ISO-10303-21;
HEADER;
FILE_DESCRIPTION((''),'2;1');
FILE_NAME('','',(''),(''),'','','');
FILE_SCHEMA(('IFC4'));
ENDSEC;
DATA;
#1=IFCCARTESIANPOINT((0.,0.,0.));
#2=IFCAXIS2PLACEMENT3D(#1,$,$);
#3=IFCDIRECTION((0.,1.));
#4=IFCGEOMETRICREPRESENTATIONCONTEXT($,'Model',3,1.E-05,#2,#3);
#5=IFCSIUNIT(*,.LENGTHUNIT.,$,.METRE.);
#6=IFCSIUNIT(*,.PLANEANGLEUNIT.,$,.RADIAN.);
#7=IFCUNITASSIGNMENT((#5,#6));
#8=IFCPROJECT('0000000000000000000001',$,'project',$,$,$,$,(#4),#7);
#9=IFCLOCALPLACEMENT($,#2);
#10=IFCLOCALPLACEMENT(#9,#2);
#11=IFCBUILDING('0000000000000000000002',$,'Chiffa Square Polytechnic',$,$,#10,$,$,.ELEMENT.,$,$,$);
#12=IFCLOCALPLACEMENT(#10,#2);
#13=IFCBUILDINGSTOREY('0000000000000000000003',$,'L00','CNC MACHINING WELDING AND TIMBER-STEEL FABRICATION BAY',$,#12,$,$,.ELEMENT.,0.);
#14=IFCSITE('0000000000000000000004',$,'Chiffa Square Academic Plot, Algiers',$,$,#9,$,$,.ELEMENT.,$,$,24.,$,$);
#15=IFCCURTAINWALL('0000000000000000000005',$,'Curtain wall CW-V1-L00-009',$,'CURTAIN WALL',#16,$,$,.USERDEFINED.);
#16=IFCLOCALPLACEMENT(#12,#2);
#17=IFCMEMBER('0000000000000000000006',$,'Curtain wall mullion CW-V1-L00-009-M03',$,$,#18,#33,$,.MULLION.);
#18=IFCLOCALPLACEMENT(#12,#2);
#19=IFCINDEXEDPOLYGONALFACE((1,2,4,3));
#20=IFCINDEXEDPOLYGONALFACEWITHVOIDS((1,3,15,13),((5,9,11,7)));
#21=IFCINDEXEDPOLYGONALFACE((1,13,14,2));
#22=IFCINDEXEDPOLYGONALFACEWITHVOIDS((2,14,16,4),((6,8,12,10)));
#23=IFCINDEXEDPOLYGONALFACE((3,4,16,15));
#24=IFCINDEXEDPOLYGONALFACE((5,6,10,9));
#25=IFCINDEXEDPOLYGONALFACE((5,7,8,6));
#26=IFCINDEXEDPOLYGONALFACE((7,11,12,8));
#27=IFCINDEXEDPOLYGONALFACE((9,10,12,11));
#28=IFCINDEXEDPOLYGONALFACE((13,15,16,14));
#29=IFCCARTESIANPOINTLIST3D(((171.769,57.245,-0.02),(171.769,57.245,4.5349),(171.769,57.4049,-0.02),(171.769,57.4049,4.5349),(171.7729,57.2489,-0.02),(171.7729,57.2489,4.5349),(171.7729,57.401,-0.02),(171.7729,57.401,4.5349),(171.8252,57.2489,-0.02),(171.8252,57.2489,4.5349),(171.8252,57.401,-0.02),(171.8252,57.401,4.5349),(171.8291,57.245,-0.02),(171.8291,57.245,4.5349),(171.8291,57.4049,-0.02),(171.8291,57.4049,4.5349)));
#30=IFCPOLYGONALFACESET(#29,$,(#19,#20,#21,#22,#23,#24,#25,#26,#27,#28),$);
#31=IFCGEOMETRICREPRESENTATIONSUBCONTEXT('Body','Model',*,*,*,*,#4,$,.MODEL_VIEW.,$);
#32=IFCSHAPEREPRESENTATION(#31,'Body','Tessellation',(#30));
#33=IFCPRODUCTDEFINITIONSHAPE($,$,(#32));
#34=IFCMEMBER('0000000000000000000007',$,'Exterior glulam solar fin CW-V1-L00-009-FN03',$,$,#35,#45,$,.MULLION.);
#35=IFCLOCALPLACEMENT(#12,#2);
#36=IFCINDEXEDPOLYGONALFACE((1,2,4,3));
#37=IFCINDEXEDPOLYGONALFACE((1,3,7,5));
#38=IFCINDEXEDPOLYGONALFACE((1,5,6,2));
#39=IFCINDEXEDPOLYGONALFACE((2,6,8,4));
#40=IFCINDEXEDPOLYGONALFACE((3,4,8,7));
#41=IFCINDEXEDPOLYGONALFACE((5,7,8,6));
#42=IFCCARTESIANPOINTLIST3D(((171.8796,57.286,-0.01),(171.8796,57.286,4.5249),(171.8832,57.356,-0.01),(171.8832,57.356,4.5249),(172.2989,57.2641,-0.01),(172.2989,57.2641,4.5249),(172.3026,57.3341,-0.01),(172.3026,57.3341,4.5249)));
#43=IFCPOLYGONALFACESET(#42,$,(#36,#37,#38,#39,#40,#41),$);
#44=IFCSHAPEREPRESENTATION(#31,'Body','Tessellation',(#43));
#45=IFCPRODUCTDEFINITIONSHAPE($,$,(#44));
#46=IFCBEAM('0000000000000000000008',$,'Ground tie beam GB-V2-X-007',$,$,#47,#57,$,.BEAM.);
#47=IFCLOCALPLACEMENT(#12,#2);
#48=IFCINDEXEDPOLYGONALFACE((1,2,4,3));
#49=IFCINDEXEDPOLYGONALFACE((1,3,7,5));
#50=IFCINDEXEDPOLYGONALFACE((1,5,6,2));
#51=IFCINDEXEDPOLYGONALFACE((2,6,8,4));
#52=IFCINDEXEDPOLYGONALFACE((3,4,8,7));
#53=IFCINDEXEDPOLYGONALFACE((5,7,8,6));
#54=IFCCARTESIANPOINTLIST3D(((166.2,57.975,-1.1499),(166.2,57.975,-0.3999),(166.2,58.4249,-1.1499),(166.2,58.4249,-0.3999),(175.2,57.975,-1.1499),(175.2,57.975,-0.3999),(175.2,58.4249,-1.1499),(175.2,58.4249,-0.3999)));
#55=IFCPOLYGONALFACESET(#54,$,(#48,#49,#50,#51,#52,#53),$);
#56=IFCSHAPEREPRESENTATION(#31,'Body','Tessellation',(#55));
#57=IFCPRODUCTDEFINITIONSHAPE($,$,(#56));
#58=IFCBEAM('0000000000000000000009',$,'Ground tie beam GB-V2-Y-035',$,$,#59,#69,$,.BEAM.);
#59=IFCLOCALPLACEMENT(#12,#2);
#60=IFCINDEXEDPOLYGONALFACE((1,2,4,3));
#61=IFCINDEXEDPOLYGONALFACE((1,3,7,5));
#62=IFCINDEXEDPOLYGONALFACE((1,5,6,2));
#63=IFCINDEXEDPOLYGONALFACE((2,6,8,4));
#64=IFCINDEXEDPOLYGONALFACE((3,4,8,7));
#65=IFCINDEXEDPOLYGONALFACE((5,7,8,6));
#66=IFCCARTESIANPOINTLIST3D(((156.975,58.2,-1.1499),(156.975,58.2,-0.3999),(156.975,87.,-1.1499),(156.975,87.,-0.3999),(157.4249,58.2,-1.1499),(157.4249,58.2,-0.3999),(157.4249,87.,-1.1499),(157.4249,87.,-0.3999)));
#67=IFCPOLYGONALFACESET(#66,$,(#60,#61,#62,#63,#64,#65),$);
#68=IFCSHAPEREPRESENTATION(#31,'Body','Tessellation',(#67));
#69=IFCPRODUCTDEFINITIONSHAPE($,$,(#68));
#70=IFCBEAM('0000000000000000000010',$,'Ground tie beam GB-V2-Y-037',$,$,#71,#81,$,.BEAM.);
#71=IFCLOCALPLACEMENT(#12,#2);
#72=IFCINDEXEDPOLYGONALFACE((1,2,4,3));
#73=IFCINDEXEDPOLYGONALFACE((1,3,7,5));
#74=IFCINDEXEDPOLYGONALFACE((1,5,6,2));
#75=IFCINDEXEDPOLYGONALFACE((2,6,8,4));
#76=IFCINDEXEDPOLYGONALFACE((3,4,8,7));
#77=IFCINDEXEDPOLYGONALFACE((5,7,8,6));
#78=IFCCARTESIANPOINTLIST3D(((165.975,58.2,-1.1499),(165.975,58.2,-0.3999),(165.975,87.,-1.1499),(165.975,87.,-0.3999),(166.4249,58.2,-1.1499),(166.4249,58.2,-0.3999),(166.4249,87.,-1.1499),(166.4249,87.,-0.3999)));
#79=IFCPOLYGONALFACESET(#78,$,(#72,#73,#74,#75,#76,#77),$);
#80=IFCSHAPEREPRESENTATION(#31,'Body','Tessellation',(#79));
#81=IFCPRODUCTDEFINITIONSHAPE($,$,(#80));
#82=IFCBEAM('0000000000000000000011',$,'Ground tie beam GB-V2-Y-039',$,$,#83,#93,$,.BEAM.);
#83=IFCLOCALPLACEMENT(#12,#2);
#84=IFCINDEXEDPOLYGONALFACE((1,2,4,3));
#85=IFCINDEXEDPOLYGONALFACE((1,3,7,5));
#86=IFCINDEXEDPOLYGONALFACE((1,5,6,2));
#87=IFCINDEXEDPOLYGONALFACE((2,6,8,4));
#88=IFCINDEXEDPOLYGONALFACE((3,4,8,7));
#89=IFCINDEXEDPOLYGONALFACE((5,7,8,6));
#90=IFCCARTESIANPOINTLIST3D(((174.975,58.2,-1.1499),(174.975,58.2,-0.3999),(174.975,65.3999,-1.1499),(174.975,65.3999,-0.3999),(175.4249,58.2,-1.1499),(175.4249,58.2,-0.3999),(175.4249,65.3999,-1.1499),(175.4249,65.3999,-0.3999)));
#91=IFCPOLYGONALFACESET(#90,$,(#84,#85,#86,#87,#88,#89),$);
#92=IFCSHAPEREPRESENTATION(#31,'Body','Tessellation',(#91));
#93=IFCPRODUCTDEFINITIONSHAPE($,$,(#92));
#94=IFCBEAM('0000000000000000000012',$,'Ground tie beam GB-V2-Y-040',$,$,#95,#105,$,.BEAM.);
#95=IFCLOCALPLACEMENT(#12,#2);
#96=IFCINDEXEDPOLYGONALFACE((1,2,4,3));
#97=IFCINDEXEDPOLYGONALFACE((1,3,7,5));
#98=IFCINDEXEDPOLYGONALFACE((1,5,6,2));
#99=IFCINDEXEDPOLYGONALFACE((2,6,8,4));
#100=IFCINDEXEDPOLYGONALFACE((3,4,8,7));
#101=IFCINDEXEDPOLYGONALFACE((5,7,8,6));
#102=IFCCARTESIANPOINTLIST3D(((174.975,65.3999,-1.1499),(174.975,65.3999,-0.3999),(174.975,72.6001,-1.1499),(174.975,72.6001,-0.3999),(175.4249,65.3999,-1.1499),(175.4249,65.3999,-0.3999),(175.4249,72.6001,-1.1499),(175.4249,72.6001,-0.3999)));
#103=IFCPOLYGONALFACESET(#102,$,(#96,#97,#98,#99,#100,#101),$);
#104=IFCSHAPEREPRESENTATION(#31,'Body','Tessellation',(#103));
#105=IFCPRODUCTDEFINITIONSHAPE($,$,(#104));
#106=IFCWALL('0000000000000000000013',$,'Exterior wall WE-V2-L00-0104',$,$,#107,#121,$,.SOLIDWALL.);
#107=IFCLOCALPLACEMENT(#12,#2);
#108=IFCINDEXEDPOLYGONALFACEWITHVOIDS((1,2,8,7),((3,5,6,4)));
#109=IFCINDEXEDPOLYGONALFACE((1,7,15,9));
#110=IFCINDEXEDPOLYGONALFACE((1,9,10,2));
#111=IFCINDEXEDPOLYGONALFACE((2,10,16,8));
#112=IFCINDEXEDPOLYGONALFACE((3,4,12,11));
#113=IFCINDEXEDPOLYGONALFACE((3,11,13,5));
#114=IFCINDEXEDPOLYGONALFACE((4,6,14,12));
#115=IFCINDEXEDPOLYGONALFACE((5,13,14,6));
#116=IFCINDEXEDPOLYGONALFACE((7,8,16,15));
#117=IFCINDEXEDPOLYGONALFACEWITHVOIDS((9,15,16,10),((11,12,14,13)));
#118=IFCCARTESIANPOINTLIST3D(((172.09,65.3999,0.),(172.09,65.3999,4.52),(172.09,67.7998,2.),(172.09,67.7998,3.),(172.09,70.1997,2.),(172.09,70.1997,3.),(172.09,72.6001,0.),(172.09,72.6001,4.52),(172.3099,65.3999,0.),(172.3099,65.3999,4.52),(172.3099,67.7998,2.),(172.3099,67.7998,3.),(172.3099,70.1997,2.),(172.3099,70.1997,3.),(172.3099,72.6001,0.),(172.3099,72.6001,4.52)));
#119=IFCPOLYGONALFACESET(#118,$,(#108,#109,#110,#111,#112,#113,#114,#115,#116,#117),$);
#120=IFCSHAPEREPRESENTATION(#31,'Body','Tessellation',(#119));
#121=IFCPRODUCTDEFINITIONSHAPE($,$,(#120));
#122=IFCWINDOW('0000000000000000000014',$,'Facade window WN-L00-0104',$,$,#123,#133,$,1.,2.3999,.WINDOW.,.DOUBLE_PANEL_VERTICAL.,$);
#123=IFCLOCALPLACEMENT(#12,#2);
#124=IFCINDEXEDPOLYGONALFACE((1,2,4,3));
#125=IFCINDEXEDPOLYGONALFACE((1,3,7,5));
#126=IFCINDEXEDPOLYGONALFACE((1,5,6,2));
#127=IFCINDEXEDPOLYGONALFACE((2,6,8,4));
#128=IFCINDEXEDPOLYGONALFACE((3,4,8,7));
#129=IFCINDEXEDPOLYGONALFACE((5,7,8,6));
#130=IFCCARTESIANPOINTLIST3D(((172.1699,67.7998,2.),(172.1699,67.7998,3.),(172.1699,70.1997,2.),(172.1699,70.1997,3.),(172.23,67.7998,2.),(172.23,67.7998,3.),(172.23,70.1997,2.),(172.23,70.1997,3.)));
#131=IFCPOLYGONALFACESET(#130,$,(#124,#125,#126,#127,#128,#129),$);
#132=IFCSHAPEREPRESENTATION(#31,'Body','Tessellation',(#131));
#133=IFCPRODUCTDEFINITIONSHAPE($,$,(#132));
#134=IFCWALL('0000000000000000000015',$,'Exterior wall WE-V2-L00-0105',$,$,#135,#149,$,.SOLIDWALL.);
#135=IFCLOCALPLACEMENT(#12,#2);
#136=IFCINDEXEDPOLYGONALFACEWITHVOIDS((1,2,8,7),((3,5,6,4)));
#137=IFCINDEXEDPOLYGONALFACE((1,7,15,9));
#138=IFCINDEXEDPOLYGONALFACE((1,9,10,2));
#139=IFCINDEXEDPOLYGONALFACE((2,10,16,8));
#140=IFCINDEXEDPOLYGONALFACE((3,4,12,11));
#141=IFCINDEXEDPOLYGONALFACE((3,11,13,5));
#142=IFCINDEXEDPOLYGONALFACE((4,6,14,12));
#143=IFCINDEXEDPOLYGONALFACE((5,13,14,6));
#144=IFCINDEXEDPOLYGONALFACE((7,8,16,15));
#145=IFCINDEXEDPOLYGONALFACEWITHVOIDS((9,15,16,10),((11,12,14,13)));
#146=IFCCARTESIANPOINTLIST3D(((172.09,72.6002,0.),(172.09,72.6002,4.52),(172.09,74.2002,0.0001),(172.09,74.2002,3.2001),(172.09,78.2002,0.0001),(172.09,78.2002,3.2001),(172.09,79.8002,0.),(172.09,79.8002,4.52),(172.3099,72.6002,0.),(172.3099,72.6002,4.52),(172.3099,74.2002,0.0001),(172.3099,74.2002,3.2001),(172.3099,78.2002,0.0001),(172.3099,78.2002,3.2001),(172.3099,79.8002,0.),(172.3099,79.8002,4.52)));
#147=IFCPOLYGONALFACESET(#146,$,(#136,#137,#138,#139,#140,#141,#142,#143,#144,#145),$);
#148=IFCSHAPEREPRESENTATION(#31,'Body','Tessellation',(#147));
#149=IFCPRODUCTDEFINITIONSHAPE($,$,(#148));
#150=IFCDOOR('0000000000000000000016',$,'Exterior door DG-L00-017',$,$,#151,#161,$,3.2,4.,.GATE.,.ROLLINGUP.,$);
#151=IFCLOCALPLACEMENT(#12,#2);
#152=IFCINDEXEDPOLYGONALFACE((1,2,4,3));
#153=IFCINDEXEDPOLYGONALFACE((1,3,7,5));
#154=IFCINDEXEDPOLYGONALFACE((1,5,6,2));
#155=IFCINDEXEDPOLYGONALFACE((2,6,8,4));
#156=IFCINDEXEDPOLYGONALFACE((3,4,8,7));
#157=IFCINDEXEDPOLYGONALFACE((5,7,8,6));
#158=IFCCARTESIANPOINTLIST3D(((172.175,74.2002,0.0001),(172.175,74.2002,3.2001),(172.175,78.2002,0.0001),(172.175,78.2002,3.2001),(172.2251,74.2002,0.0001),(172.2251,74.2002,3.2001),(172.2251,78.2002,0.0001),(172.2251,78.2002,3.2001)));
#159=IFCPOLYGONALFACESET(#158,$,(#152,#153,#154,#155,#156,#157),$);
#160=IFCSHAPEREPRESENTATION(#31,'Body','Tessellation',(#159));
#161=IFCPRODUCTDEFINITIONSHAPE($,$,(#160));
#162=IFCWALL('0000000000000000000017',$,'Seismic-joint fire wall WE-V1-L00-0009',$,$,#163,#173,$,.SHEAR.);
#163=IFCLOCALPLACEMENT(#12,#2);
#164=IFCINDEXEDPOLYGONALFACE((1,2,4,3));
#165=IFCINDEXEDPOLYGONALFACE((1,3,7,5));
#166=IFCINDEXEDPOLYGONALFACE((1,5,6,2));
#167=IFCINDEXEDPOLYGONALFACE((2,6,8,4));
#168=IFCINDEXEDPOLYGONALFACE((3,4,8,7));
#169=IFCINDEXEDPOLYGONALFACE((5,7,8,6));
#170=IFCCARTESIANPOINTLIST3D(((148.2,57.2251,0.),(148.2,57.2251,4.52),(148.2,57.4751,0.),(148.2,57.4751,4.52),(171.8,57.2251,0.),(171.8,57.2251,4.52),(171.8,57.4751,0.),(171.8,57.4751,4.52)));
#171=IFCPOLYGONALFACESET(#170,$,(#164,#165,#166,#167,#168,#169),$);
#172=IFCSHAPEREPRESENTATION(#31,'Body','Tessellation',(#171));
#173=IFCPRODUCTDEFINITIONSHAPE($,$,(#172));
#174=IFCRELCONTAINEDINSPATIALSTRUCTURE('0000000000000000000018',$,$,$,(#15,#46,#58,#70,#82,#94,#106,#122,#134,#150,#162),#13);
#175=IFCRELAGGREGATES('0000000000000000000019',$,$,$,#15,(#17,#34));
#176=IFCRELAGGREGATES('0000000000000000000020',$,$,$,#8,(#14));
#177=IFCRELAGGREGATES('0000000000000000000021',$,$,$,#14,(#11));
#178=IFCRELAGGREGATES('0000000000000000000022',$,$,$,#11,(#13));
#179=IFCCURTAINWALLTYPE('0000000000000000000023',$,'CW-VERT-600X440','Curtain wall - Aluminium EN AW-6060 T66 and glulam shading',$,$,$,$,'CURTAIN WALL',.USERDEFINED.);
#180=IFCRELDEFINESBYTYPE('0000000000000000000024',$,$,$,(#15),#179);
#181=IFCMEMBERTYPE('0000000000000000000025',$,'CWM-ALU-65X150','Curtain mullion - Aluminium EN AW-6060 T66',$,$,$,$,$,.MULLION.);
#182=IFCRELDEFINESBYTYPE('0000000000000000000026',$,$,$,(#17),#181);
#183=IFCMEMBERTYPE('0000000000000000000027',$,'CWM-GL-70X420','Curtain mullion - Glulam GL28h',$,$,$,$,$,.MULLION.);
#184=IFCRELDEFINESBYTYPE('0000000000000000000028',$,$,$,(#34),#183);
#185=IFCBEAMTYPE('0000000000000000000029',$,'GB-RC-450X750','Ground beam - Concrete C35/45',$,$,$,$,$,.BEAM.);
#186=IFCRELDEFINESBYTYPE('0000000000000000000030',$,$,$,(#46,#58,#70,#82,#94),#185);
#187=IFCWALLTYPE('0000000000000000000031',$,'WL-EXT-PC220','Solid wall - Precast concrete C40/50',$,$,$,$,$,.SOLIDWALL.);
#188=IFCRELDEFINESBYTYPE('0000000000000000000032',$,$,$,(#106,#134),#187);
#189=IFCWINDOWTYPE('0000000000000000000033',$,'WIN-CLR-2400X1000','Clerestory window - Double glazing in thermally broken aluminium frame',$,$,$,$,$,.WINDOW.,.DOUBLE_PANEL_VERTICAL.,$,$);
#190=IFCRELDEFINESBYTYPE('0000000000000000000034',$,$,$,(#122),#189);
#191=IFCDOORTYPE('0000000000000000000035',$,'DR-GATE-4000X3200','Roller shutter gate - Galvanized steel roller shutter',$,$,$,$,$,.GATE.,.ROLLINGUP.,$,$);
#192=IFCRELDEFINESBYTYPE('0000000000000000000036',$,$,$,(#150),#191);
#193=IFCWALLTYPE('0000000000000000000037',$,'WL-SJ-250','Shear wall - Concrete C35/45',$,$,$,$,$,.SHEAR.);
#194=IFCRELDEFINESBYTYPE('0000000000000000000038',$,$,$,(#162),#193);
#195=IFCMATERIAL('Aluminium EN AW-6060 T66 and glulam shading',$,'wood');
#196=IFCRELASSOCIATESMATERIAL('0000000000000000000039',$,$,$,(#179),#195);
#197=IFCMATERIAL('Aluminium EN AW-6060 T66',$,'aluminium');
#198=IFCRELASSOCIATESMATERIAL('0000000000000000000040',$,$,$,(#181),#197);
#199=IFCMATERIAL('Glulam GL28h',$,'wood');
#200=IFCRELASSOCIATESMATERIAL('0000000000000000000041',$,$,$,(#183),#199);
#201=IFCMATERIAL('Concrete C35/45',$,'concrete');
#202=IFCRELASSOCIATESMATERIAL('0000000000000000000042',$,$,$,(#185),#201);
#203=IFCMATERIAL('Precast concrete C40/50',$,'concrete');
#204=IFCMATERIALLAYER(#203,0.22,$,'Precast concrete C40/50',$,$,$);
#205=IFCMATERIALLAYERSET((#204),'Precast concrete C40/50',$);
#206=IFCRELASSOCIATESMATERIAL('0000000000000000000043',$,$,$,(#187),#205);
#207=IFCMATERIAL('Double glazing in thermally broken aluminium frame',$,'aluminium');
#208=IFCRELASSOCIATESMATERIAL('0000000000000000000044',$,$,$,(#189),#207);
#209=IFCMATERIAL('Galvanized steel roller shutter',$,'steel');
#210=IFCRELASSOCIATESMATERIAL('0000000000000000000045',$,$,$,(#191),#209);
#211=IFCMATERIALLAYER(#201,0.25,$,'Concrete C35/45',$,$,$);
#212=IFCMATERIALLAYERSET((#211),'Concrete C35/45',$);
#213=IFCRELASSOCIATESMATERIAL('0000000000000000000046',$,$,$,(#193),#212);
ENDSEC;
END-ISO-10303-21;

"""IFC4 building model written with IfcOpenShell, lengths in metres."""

from ifc_helpers import new_model, si_unit, direction, frame, frame_2d, origin, origin_2d, place, context, subcontext, project, spatial, rectangle, hollow_rectangle, extrude, material, layer, layer_set, material_profile, profile_set, type_object, element, fill, aggregate, save


model = new_model("IFC4")

# Units and contexts
model_context = context("Model", 3, precision=1e-05, world=origin(), true_north=direction((0.0, 1.0)))
body_context = subcontext(model_context, "Body", "Model", "MODEL_VIEW")
ifc_project = project(units=[si_unit("LENGTHUNIT", "METRE"), si_unit("PLANEANGLEUNIT", "RADIAN")], contexts=[model_context])

# Site, building, storey
site_placement = place(None, origin())
site = spatial("IfcSite", under=ifc_project, at=site_placement, Name="Chiffa Square Academic Plot, Algiers", CompositionType="ELEMENT", RefElevation=24.0)
building_placement = place(site_placement, origin())
building = spatial("IfcBuilding", under=site, at=building_placement, Name="Chiffa Square Polytechnic", CompositionType="ELEMENT")
storey_placement = place(building_placement, origin())
storey = spatial("IfcBuildingStorey", under=building, at=storey_placement, Name="L00", Description="CNC MACHINING WELDING AND TIMBER-STEEL FABRICATION BAY", CompositionType="ELEMENT", Elevation=0.0)

# Curtain wall, members
ifc_material_1 = material(Name="Aluminium EN AW-6060 T66 and glulam shading", Category="wood")
curtain_wall_type = type_object("IfcCurtainWallType", Name="CW-VERT-600X440", Description="Curtain wall - Aluminium EN AW-6060 T66 and glulam shading", ElementType="CURTAIN WALL", PredefinedType="USERDEFINED", material=ifc_material_1)
curtain_wall_placement = place(storey_placement, origin())
curtain_wall = element("IfcCurtainWall", 1, at=curtain_wall_placement, inside=storey, type_object=curtain_wall_type, Name="Curtain wall CW-V1-L00-009", ObjectType="CURTAIN WALL", PredefinedType="USERDEFINED")
ifc_material_2 = material(Name="Aluminium EN AW-6060 T66", Category="aluminium")
ifc_material_profile_1 = material_profile(ifc_material_2, hollow_rectangle(XDim=0.0601, YDim=0.1599, WallThickness=0.0039, at=origin_2d()), Name="ALU 60x160x4")
ifc_profile_set_1 = profile_set([ifc_material_profile_1], Name="Aluminium EN AW-6060 T66")
member_type_1 = type_object("IfcMemberType", Name="CWM-ALU-65X150", Description="Curtain mullion - Aluminium EN AW-6060 T66", PredefinedType="MULLION", material=ifc_profile_set_1)
member_1_placement = place(storey_placement, frame((171.7991, 57.325, -0.02), z_axis=(0.0, 0.0, 1.0), x_axis=(1.0, 0.0, 0.0)))
member_1 = element("IfcMember", 2, at=member_1_placement, type_object=member_type_1, Name="Curtain wall mullion CW-V1-L00-009-M03", PredefinedType="MULLION", context=body_context, shape_type="SweptSolid", body=[
    extrude(hollow_rectangle(XDim=0.0601, YDim=0.1599, WallThickness=0.0039, at=origin_2d()), origin(), (0.0, 0.0, 1.0), 4.5549),
])
ifc_material_3 = material(Name="Glulam GL28h", Category="wood")
ifc_material_profile_2 = material_profile(ifc_material_3, rectangle(XDim=0.0701, YDim=0.4199, at=origin_2d()), Name="GL28h 70x420")
ifc_profile_set_2 = profile_set([ifc_material_profile_2], Name="Glulam GL28h")
member_type_2 = type_object("IfcMemberType", Name="CWM-GL-70X420", Description="Curtain mullion - Glulam GL28h", PredefinedType="MULLION", material=ifc_profile_set_2)
member_2_placement = place(storey_placement, frame((172.0911, 57.3101, -0.01), z_axis=(0.0, 0.0, 1.0), x_axis=(0.052284, 0.998632, 0.0)))
member_2 = element("IfcMember", 3, at=member_2_placement, type_object=member_type_2, Name="Exterior glulam solar fin CW-V1-L00-009-FN03", PredefinedType="MULLION", context=body_context, shape_type="SweptSolid", body=[
    extrude(rectangle(XDim=0.0701, YDim=0.4199, at=origin_2d()), origin(), (0.0, 0.0, 1.0), 4.5349),
])
aggregate(curtain_wall, [member_1, member_2])

# Beams
ifc_material_4 = material(Name="Concrete C35/45", Category="concrete")
ifc_material_profile_3 = material_profile(ifc_material_4, rectangle(XDim=0.45, YDim=0.75, at=origin_2d()), Name="RC 450x750")
ifc_profile_set_3 = profile_set([ifc_material_profile_3], Name="Concrete C35/45")
beam_type = type_object("IfcBeamType", Name="GB-RC-450X750", Description="Ground beam - Concrete C35/45", PredefinedType="BEAM", material=ifc_profile_set_3)
beam_1_placement = place(storey_placement, frame((166.2, 58.2, -0.7749), z_axis=(1.0, 0.0, 0.0), x_axis=(0.0, 1.0, 0.0)))
element("IfcBeam", 4, at=beam_1_placement, inside=storey, type_object=beam_type, Name="Ground tie beam GB-V2-X-007", PredefinedType="BEAM", context=body_context, shape_type="SweptSolid", body=[
    extrude(rectangle(XDim=0.45, YDim=0.75, at=origin_2d()), origin(), (0.0, 0.0, 1.0), 9.0),
])
for number, where, z_axis, x_axis, name in (
    (5, (157.2, 58.2, -0.7749), (0.0, 1.0, 0.0), (-1.0, 0.0, 0.0), "Ground tie beam GB-V2-Y-035"),
    (6, (166.2, 58.2, -0.7749), (0.0, 1.0, 0.0), (-1.0, 0.0, 0.0), "Ground tie beam GB-V2-Y-037"),
):
    element("IfcBeam", number, at=place(storey_placement, frame(where, z_axis=z_axis, x_axis=x_axis)), inside=storey, type_object=beam_type, Name=name, PredefinedType="BEAM", context=body_context, shape_type="SweptSolid", body=[
        extrude(rectangle(XDim=0.45, YDim=0.75, at=origin_2d()), origin(), (0.0, 0.0, 1.0), 28.8),
    ])
beam_2_placement = place(storey_placement, frame((175.2, 58.2, -0.7749), z_axis=(0.0, 1.0, 0.0), x_axis=(-1.0, 0.0, 0.0)))
element("IfcBeam", 7, at=beam_2_placement, inside=storey, type_object=beam_type, Name="Ground tie beam GB-V2-Y-039", PredefinedType="BEAM", context=body_context, shape_type="SweptSolid", body=[
    extrude(rectangle(XDim=0.45, YDim=0.75, at=origin_2d()), origin(), (0.0, 0.0, 1.0), 7.2),
])
beam_3_placement = place(storey_placement, frame((175.2, 65.3999, -0.7749), z_axis=(0.0, 1.0, 0.0), x_axis=(-1.0, 0.0, 0.0)))
element("IfcBeam", 8, at=beam_3_placement, inside=storey, type_object=beam_type, Name="Ground tie beam GB-V2-Y-040", PredefinedType="BEAM", context=body_context, shape_type="SweptSolid", body=[
    extrude(rectangle(XDim=0.45, YDim=0.75, at=origin_2d()), origin(), (0.0, 0.0, 1.0), 7.2002),
])

# Shared definitions
ifc_material_5 = material(Name="Precast concrete C40/50", Category="concrete")
ifc_layer_1 = layer(ifc_material_5, 0.22, Name="Precast concrete C40/50")
ifc_layer_set_1 = layer_set([ifc_layer_1], Name="Precast concrete C40/50")
wall_type_1 = type_object("IfcWallType", Name="WL-EXT-PC220", Description="Solid wall - Precast concrete C40/50", PredefinedType="SOLIDWALL", material=ifc_layer_set_1)
ifc_material_6 = material(Name="Galvanized steel roller shutter", Category="steel")

# Wall, opening, window
wall_1_placement = place(storey_placement, frame((172.2, 65.3999, 0.0), z_axis=(0.0, 0.0, 1.0), x_axis=(0.0, 1.0, 0.0)))
wall_1 = element("IfcWall", 9, at=wall_1_placement, inside=storey, type_object=wall_type_1, Name="Exterior wall WE-V2-L00-0104", PredefinedType="SOLIDWALL", context=body_context, shape_type="SweptSolid", body=[
    extrude(rectangle(XDim=7.2002, YDim=0.22, at=frame_2d((3.6001, 0.0))), origin(), (0.0, 0.0, 1.0), 4.52),
])
opening_1_placement = place(wall_1_placement, frame((2.3999, 0.0, 2.0)))
opening_1 = element("IfcOpeningElement", 10, at=opening_1_placement, cuts=wall_1, PredefinedType="OPENING", context=body_context, shape_type="SweptSolid", body=[
    extrude(rectangle(XDim=2.3999, YDim=1.0, at=frame_2d((1.2, 0.5))), frame((0.0, 0.1201, 0.0), z_axis=(0.0, -1.0, 0.0), x_axis=(1.0, 0.0, 0.0)), (0.0, 0.0, 1.0), 0.24),
])
ifc_material_7 = material(Name="Double glazing in thermally broken aluminium frame", Category="aluminium")
window_type = type_object("IfcWindowType", Name="WIN-CLR-2400X1000", Description="Clerestory window - Double glazing in thermally broken aluminium frame", PartitioningType="DOUBLE_PANEL_VERTICAL", PredefinedType="WINDOW", material=ifc_material_7)
window_placement = place(opening_1_placement, origin())
window = element("IfcWindow", 11, at=window_placement, inside=storey, type_object=window_type, Name="Facade window WN-L00-0104", OverallHeight=1.0, OverallWidth=2.3999, PartitioningType="DOUBLE_PANEL_VERTICAL", PredefinedType="WINDOW", context=body_context, shape_type="SweptSolid", body=[
    extrude(rectangle(XDim=2.3999, YDim=1.0, at=frame_2d((1.2, 0.5))), frame((0.0, 0.03, 0.0), z_axis=(0.0, -1.0, 0.0), x_axis=(1.0, 0.0, 0.0)), (0.0, 0.0, 1.0), 0.0601),
])
fill(opening_1, window)

# Wall, opening, door
wall_2_placement = place(storey_placement, frame((172.2, 72.6001, 0.0), z_axis=(0.0, 0.0, 1.0), x_axis=(0.0, 1.0, 0.0)))
wall_2 = element("IfcWall", 12, at=wall_2_placement, inside=storey, type_object=wall_type_1, Name="Exterior wall WE-V2-L00-0105", PredefinedType="SOLIDWALL", context=body_context, shape_type="SweptSolid", body=[
    extrude(rectangle(XDim=7.2, YDim=0.22, at=frame_2d((3.6001, 0.0))), origin(), (0.0, 0.0, 1.0), 4.52),
])
opening_2_placement = place(wall_2_placement, frame((1.6001, 0.0, 0.0)))
opening_2 = element("IfcOpeningElement", 13, at=opening_2_placement, cuts=wall_2, PredefinedType="OPENING", context=body_context, shape_type="SweptSolid", body=[
    extrude(rectangle(XDim=4.0, YDim=3.2, at=frame_2d((2.0, 1.6001))), frame((0.0, 0.1201, 0.0), z_axis=(0.0, -1.0, 0.0), x_axis=(1.0, 0.0, 0.0)), (0.0, 0.0, 1.0), 0.24),
])
door_type_1 = type_object("IfcDoorType", Name="DR-GATE-4000X3200", Description="Roller shutter gate - Galvanized steel roller shutter", OperationType="ROLLINGUP", PredefinedType="GATE", material=ifc_material_6)
door_1_placement = place(opening_2_placement, origin())
door_1 = element("IfcDoor", 14, at=door_1_placement, inside=storey, type_object=door_type_1, Name="Exterior door DG-L00-017", OperationType="ROLLINGUP", OverallHeight=3.2, OverallWidth=4.0, PredefinedType="GATE", context=body_context, shape_type="SweptSolid", body=[
    extrude(rectangle(XDim=4.0, YDim=3.2, at=frame_2d((2.0, 1.6001))), frame((0.0, 0.0249, 0.0), z_axis=(0.0, -1.0, 0.0), x_axis=(1.0, 0.0, 0.0)), (0.0, 0.0, 1.0), 0.05),
])
fill(opening_2, door_1)

# Wall
ifc_layer_2 = layer(ifc_material_4, 0.25, Name="Concrete C35/45")
ifc_layer_set_2 = layer_set([ifc_layer_2], Name="Concrete C35/45")
wall_type_2 = type_object("IfcWallType", Name="WL-SJ-250", Description="Shear wall - Concrete C35/45", PredefinedType="SHEAR", material=ifc_layer_set_2)
wall_3_placement = place(storey_placement, frame((171.8, 57.3501, 0.0), z_axis=(0.0, 0.0, 1.0), x_axis=(-1.0, 0.0, 0.0)))
element("IfcWall", 15, at=wall_3_placement, inside=storey, type_object=wall_type_2, Name="Seismic-joint fire wall WE-V1-L00-0009", PredefinedType="SHEAR", context=body_context, shape_type="SweptSolid", body=[
    extrude(rectangle(XDim=23.6001, YDim=0.25, at=frame_2d((11.8, 0.0))), origin(), (0.0, 0.0, 1.0), 4.52),
])

save(model, "model.ifc")
